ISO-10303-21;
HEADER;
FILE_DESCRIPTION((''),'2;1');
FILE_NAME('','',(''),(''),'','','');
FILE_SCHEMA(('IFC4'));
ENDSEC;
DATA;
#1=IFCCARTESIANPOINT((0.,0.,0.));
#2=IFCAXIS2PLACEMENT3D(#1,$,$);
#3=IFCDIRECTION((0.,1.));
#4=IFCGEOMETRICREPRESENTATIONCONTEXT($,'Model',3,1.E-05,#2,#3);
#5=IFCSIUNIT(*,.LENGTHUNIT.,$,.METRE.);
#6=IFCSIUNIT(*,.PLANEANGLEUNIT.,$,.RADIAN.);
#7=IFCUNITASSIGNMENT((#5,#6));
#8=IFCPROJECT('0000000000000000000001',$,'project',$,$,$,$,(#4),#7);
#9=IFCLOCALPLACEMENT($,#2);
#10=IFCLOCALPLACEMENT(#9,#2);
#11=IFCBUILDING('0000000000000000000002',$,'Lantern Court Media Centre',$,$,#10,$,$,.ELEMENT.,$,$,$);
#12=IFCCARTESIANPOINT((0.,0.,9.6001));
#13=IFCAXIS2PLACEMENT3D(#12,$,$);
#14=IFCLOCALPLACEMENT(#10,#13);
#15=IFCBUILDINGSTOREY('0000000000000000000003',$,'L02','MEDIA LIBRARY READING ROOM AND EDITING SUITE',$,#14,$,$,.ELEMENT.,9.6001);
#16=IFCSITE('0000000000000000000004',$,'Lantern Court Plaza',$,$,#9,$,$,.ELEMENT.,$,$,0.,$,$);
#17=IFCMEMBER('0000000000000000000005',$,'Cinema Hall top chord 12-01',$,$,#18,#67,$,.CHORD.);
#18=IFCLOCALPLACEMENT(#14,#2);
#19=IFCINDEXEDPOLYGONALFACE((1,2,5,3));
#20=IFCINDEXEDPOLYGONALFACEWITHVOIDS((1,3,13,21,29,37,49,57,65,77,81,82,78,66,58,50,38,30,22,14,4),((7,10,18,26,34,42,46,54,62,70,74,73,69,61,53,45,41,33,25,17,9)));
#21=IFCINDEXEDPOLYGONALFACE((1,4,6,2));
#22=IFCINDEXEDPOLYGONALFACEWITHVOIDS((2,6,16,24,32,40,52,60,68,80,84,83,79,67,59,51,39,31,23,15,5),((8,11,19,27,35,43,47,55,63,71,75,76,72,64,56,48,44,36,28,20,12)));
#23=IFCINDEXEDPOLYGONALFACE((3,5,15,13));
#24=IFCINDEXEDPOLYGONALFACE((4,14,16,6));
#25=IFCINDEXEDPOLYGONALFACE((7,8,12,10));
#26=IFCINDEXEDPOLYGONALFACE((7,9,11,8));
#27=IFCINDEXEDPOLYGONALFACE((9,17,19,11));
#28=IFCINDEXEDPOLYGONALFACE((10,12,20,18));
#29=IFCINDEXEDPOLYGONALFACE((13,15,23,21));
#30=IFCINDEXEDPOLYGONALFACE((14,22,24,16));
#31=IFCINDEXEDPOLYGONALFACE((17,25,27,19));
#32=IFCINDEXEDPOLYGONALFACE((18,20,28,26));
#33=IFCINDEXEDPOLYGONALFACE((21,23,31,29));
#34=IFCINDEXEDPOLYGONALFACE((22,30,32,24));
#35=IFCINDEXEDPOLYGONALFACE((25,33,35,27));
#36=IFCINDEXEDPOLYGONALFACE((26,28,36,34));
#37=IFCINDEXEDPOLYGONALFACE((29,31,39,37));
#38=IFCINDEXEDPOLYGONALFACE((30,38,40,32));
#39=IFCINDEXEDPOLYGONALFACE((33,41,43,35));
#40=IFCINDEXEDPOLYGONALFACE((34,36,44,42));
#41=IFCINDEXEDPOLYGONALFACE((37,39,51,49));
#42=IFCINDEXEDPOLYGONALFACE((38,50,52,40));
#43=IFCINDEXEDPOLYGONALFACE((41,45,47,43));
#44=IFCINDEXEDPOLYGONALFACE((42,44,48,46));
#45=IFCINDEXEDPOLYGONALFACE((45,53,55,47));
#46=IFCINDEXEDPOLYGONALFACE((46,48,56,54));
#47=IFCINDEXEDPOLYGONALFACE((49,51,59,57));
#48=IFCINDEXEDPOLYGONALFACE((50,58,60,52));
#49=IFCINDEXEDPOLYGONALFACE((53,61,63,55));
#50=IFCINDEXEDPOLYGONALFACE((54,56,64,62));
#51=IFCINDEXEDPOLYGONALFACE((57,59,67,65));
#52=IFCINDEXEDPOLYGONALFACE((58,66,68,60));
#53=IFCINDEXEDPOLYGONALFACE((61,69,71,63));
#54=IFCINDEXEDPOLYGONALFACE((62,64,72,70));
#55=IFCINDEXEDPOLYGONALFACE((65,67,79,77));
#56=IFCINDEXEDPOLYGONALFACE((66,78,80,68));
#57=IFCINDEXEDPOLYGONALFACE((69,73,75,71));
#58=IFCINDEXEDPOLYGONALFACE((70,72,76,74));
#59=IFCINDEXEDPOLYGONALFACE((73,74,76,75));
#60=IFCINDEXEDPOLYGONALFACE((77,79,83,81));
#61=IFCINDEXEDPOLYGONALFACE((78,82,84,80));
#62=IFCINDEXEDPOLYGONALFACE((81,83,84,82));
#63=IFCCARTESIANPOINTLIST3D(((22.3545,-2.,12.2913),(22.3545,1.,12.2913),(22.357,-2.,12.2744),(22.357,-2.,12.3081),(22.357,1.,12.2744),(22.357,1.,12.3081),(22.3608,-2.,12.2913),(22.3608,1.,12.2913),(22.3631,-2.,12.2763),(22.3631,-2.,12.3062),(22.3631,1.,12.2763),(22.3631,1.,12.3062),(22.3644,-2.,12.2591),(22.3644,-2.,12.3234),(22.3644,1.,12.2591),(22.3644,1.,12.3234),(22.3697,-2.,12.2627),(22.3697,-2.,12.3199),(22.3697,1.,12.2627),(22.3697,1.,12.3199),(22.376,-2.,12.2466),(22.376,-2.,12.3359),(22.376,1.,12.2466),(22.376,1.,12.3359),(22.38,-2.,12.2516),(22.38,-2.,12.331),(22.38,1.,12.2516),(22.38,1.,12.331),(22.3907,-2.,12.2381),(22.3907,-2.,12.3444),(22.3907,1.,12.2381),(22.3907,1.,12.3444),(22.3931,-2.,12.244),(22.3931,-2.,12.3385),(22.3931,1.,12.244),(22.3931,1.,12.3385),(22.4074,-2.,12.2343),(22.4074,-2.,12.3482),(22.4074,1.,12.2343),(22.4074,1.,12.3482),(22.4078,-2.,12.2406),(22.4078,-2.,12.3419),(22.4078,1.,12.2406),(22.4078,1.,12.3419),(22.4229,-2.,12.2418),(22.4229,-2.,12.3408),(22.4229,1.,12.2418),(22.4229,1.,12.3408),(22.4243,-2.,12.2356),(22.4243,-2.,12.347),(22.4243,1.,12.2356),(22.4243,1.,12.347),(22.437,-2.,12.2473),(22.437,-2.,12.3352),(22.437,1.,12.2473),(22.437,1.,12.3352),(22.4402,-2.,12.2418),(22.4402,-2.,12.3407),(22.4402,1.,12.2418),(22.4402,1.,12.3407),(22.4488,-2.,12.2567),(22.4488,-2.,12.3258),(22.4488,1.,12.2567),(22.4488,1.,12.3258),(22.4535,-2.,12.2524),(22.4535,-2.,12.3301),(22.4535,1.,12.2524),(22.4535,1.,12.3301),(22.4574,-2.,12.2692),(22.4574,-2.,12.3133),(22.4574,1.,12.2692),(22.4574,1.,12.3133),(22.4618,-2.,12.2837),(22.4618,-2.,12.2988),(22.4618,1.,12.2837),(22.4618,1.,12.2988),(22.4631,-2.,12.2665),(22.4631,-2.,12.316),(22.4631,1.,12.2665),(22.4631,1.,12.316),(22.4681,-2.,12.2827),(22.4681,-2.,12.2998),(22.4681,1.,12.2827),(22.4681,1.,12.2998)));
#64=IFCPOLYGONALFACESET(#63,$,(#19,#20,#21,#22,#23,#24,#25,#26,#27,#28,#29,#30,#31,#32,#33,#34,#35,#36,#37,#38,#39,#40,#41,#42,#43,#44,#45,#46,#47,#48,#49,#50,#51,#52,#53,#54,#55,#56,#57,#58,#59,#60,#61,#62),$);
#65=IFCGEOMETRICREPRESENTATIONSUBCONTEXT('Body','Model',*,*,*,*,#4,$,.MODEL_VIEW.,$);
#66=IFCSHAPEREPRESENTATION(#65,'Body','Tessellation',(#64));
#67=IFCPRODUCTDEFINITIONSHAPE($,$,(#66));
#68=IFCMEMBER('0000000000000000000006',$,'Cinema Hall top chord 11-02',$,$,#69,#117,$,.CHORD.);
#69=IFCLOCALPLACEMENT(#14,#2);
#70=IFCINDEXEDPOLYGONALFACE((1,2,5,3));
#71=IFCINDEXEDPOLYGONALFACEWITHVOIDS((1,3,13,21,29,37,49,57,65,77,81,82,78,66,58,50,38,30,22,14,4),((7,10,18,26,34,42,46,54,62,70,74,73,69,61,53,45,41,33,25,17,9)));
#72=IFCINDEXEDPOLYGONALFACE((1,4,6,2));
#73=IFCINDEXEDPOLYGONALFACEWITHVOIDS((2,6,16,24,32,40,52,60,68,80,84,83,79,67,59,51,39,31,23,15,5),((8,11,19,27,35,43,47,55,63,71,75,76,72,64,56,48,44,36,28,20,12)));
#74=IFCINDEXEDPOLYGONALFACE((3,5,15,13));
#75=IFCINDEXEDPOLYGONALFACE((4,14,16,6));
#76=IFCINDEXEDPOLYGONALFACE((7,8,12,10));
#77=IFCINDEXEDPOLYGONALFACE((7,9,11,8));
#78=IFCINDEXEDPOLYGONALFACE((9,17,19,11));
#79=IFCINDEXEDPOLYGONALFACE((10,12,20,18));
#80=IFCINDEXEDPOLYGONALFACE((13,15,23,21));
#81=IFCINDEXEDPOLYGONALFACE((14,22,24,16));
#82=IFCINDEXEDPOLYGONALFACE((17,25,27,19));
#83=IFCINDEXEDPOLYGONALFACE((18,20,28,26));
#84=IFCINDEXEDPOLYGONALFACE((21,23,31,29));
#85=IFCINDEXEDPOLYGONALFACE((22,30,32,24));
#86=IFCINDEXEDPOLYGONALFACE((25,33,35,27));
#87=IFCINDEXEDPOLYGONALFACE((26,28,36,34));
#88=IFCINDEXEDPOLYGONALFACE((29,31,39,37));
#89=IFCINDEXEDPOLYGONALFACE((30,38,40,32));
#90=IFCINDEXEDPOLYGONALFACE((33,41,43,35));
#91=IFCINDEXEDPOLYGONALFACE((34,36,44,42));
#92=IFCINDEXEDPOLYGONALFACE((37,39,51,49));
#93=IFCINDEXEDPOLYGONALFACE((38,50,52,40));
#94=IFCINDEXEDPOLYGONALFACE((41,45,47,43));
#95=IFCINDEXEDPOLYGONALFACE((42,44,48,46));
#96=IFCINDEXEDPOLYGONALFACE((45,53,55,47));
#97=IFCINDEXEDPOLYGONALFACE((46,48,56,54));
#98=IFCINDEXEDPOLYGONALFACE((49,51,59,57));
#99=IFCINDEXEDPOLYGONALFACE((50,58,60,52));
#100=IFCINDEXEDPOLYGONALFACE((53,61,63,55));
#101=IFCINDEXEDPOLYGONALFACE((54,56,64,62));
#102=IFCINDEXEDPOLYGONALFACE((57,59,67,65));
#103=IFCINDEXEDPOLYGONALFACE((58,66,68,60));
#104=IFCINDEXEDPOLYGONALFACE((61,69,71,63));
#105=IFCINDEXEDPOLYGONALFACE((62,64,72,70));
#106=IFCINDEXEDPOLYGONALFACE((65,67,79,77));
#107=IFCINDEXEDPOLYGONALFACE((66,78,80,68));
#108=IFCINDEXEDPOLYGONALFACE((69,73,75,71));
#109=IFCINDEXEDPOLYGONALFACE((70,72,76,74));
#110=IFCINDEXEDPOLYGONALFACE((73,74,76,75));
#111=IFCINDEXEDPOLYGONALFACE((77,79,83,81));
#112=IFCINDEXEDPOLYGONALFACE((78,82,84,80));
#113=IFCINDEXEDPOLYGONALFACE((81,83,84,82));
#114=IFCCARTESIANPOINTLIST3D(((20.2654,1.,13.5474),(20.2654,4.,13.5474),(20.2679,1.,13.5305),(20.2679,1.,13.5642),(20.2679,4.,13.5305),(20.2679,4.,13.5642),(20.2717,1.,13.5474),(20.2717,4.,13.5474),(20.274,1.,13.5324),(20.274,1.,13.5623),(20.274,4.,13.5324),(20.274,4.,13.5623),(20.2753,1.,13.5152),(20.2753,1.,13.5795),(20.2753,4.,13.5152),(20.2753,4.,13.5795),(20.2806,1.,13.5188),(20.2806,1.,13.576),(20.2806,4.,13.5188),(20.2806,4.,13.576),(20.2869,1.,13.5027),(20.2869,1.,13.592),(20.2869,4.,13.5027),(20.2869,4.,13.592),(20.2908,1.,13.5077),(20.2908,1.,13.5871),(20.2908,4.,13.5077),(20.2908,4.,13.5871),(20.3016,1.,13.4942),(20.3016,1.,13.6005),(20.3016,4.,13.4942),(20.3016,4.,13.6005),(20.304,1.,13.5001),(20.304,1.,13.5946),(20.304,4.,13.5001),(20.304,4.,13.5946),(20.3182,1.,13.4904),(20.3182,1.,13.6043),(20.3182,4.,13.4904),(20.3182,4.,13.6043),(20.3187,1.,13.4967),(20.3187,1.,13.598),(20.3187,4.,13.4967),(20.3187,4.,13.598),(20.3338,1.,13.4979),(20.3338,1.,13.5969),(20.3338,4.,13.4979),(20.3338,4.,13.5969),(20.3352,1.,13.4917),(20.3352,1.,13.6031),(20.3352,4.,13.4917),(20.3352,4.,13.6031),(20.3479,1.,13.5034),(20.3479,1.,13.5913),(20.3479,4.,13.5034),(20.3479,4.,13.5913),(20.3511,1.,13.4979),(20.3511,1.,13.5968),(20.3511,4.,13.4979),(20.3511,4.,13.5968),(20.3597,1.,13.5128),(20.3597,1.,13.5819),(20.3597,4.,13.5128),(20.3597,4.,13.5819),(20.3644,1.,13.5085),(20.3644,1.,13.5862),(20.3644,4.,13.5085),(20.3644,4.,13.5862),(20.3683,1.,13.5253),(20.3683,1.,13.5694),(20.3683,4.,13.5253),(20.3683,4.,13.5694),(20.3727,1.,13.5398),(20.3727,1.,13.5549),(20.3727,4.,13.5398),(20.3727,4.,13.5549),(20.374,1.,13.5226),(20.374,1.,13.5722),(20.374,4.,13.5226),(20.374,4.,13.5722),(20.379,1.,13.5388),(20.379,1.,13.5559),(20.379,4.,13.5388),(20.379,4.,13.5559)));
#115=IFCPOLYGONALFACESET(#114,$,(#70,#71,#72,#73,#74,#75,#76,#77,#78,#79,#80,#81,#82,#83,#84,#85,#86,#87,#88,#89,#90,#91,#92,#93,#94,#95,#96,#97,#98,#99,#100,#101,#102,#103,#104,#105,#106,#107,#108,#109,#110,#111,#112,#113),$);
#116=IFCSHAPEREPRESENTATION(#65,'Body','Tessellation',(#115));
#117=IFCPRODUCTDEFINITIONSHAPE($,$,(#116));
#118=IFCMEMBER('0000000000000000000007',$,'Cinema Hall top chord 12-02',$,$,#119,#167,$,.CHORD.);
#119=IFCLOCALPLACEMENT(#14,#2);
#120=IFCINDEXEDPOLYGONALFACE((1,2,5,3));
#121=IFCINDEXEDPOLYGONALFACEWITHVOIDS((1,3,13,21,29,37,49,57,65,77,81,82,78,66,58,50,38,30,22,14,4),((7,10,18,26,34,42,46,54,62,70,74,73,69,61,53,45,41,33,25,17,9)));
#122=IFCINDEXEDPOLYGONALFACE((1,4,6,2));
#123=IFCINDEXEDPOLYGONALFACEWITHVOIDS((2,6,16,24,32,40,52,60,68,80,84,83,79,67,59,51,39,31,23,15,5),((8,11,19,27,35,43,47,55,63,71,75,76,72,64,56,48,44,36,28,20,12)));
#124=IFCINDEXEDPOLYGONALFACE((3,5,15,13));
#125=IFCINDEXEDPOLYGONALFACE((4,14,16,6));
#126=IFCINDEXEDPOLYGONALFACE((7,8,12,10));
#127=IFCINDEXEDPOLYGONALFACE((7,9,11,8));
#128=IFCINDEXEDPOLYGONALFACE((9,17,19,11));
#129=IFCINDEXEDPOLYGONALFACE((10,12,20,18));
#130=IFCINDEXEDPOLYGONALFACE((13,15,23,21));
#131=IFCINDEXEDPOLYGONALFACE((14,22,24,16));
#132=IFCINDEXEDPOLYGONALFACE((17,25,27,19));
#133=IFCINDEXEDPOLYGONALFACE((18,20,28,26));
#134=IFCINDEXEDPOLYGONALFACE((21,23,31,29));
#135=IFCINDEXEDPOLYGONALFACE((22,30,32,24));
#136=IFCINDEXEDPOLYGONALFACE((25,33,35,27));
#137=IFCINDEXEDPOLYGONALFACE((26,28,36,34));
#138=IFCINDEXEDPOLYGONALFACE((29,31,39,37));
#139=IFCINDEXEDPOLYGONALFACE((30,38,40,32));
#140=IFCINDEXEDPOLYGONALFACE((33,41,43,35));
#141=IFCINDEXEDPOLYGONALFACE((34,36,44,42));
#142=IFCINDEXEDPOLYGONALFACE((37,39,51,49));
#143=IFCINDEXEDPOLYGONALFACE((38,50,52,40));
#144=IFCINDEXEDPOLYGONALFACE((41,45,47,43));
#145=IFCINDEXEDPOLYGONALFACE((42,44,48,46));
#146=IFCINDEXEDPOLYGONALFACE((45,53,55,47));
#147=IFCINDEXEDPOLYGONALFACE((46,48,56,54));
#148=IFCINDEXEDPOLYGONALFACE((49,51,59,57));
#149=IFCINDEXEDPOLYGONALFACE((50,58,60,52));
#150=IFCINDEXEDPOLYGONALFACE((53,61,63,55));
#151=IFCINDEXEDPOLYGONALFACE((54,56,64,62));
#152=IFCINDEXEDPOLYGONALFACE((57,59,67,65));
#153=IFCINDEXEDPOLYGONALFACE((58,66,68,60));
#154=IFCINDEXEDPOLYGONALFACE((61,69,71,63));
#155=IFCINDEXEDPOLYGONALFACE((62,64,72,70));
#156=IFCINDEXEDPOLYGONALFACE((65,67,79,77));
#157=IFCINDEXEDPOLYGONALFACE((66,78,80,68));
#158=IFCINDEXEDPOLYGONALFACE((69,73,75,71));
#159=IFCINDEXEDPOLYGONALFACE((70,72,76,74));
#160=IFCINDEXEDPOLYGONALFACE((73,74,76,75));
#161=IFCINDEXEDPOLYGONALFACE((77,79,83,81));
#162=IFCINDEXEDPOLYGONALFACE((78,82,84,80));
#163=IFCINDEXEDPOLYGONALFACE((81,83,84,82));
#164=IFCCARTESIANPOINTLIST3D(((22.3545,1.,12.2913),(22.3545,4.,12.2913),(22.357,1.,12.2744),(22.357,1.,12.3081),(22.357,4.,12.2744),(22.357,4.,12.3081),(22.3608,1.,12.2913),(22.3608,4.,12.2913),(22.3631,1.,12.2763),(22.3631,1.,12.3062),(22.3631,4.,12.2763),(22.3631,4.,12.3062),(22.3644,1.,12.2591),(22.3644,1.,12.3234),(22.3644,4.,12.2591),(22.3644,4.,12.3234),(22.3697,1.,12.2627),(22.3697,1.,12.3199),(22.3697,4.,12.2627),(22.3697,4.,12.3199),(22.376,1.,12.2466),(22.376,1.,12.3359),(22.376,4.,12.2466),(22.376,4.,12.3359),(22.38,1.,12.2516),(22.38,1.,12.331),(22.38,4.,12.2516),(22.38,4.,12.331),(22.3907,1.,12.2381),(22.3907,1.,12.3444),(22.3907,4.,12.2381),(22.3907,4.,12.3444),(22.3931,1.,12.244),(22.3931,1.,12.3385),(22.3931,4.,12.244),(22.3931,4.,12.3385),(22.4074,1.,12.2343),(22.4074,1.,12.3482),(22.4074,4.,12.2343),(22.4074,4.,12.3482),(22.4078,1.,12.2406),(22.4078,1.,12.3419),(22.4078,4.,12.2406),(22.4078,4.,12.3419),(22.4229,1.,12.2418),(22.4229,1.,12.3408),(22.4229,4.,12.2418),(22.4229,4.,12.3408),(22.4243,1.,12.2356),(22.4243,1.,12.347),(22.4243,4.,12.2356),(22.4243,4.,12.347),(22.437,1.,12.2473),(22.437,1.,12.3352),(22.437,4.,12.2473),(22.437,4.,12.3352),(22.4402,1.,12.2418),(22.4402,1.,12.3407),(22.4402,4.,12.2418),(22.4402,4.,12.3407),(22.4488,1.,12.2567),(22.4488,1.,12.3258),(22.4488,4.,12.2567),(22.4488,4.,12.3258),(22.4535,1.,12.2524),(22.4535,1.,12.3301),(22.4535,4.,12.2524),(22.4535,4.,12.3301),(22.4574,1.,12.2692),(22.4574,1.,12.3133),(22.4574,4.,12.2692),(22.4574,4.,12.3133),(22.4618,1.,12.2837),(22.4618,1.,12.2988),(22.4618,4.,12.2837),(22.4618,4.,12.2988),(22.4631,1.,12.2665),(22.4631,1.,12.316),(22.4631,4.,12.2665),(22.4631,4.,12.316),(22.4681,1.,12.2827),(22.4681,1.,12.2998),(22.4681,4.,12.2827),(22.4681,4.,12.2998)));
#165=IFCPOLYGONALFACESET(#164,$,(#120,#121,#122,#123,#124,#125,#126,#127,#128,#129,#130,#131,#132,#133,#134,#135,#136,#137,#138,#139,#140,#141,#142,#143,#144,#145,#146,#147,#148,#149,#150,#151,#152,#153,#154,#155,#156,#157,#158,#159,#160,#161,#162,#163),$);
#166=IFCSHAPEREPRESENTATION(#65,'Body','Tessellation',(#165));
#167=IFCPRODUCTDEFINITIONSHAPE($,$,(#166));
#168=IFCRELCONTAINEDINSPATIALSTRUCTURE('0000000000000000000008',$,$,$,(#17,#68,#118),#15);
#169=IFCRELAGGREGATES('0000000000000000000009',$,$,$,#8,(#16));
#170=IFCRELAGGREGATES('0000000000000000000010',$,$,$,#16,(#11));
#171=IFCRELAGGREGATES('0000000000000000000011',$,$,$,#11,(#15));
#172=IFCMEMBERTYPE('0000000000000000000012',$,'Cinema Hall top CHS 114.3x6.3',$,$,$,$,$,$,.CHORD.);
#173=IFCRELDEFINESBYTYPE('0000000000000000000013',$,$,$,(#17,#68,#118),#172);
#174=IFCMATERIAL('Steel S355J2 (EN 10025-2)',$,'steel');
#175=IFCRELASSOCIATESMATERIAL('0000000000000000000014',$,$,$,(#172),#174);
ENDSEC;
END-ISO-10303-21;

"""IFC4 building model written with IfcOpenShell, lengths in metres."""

from ifc_helpers import new_model, si_unit, direction, frame, origin, origin_2d, place, context, subcontext, project, spatial, hollow_circle, extrude, material, material_profile, profile_set, type_object, element, save


model = new_model("IFC4")

# Units and contexts
model_context = context("Model", 3, precision=1e-05, world=origin(), true_north=direction((0.0, 1.0)))
body_context = subcontext(model_context, "Body", "Model", "MODEL_VIEW")
ifc_project = project(units=[si_unit("LENGTHUNIT", "METRE"), si_unit("PLANEANGLEUNIT", "RADIAN")], contexts=[model_context])

# Site, building, storey
site_placement = place(None, origin())
site = spatial("IfcSite", under=ifc_project, at=site_placement, Name="Lantern Court Plaza", CompositionType="ELEMENT", RefElevation=0.0)
building_placement = place(site_placement, origin())
building = spatial("IfcBuilding", under=site, at=building_placement, Name="Lantern Court Media Centre", CompositionType="ELEMENT")
storey_placement = place(building_placement, frame((0.0, 0.0, 9.6001)))
storey = spatial("IfcBuildingStorey", under=building, at=storey_placement, Name="L02", Description="MEDIA LIBRARY READING ROOM AND EDITING SUITE", CompositionType="ELEMENT", Elevation=9.6001)

# Members
ifc_material = material(Name="Steel S355J2 (EN 10025-2)", Category="steel")
ifc_material_profile_1 = material_profile(ifc_material, hollow_circle(Radius=0.0571, WallThickness=0.0063, at=origin_2d()), Name="Cinema Hall top CHS 114.3x6.3")
ifc_profile_set_1 = profile_set([ifc_material_profile_1], Name="Steel S355J2 (EN 10025-2)")
member_type_1 = type_object("IfcMemberType", Name="Cinema Hall top CHS 114.3x6.3", PredefinedType="CHORD", material=ifc_profile_set_1)
for number, where, z_axis, x_axis, name in (
    (1, (22.4116, -2.0, 12.2913), (0.0, 1.0, 0.0), (-1.0, 0.0, 0.0), "Cinema Hall top chord 12-01"),
    (2, (20.3225, 1.0, 13.5474), (0.0, 1.0, 0.0), (-1.0, 0.0, 0.0), "Cinema Hall top chord 11-02"),
    (3, (22.4116, 1.0, 12.2913), (0.0, 1.0, 0.0), (-1.0, 0.0, 0.0), "Cinema Hall top chord 12-02"),
):
    element("IfcMember", number, at=place(storey_placement, frame(where, z_axis=z_axis, x_axis=x_axis)), inside=storey, type_object=member_type_1, Name=name, PredefinedType="CHORD", context=body_context, shape_type="SweptSolid", body=[
        extrude(hollow_circle(Radius=0.0571, WallThickness=0.0063, at=origin_2d()), origin(), (0.0, 0.0, 1.0), 3.0),
    ])

save(model, "model.ifc")
